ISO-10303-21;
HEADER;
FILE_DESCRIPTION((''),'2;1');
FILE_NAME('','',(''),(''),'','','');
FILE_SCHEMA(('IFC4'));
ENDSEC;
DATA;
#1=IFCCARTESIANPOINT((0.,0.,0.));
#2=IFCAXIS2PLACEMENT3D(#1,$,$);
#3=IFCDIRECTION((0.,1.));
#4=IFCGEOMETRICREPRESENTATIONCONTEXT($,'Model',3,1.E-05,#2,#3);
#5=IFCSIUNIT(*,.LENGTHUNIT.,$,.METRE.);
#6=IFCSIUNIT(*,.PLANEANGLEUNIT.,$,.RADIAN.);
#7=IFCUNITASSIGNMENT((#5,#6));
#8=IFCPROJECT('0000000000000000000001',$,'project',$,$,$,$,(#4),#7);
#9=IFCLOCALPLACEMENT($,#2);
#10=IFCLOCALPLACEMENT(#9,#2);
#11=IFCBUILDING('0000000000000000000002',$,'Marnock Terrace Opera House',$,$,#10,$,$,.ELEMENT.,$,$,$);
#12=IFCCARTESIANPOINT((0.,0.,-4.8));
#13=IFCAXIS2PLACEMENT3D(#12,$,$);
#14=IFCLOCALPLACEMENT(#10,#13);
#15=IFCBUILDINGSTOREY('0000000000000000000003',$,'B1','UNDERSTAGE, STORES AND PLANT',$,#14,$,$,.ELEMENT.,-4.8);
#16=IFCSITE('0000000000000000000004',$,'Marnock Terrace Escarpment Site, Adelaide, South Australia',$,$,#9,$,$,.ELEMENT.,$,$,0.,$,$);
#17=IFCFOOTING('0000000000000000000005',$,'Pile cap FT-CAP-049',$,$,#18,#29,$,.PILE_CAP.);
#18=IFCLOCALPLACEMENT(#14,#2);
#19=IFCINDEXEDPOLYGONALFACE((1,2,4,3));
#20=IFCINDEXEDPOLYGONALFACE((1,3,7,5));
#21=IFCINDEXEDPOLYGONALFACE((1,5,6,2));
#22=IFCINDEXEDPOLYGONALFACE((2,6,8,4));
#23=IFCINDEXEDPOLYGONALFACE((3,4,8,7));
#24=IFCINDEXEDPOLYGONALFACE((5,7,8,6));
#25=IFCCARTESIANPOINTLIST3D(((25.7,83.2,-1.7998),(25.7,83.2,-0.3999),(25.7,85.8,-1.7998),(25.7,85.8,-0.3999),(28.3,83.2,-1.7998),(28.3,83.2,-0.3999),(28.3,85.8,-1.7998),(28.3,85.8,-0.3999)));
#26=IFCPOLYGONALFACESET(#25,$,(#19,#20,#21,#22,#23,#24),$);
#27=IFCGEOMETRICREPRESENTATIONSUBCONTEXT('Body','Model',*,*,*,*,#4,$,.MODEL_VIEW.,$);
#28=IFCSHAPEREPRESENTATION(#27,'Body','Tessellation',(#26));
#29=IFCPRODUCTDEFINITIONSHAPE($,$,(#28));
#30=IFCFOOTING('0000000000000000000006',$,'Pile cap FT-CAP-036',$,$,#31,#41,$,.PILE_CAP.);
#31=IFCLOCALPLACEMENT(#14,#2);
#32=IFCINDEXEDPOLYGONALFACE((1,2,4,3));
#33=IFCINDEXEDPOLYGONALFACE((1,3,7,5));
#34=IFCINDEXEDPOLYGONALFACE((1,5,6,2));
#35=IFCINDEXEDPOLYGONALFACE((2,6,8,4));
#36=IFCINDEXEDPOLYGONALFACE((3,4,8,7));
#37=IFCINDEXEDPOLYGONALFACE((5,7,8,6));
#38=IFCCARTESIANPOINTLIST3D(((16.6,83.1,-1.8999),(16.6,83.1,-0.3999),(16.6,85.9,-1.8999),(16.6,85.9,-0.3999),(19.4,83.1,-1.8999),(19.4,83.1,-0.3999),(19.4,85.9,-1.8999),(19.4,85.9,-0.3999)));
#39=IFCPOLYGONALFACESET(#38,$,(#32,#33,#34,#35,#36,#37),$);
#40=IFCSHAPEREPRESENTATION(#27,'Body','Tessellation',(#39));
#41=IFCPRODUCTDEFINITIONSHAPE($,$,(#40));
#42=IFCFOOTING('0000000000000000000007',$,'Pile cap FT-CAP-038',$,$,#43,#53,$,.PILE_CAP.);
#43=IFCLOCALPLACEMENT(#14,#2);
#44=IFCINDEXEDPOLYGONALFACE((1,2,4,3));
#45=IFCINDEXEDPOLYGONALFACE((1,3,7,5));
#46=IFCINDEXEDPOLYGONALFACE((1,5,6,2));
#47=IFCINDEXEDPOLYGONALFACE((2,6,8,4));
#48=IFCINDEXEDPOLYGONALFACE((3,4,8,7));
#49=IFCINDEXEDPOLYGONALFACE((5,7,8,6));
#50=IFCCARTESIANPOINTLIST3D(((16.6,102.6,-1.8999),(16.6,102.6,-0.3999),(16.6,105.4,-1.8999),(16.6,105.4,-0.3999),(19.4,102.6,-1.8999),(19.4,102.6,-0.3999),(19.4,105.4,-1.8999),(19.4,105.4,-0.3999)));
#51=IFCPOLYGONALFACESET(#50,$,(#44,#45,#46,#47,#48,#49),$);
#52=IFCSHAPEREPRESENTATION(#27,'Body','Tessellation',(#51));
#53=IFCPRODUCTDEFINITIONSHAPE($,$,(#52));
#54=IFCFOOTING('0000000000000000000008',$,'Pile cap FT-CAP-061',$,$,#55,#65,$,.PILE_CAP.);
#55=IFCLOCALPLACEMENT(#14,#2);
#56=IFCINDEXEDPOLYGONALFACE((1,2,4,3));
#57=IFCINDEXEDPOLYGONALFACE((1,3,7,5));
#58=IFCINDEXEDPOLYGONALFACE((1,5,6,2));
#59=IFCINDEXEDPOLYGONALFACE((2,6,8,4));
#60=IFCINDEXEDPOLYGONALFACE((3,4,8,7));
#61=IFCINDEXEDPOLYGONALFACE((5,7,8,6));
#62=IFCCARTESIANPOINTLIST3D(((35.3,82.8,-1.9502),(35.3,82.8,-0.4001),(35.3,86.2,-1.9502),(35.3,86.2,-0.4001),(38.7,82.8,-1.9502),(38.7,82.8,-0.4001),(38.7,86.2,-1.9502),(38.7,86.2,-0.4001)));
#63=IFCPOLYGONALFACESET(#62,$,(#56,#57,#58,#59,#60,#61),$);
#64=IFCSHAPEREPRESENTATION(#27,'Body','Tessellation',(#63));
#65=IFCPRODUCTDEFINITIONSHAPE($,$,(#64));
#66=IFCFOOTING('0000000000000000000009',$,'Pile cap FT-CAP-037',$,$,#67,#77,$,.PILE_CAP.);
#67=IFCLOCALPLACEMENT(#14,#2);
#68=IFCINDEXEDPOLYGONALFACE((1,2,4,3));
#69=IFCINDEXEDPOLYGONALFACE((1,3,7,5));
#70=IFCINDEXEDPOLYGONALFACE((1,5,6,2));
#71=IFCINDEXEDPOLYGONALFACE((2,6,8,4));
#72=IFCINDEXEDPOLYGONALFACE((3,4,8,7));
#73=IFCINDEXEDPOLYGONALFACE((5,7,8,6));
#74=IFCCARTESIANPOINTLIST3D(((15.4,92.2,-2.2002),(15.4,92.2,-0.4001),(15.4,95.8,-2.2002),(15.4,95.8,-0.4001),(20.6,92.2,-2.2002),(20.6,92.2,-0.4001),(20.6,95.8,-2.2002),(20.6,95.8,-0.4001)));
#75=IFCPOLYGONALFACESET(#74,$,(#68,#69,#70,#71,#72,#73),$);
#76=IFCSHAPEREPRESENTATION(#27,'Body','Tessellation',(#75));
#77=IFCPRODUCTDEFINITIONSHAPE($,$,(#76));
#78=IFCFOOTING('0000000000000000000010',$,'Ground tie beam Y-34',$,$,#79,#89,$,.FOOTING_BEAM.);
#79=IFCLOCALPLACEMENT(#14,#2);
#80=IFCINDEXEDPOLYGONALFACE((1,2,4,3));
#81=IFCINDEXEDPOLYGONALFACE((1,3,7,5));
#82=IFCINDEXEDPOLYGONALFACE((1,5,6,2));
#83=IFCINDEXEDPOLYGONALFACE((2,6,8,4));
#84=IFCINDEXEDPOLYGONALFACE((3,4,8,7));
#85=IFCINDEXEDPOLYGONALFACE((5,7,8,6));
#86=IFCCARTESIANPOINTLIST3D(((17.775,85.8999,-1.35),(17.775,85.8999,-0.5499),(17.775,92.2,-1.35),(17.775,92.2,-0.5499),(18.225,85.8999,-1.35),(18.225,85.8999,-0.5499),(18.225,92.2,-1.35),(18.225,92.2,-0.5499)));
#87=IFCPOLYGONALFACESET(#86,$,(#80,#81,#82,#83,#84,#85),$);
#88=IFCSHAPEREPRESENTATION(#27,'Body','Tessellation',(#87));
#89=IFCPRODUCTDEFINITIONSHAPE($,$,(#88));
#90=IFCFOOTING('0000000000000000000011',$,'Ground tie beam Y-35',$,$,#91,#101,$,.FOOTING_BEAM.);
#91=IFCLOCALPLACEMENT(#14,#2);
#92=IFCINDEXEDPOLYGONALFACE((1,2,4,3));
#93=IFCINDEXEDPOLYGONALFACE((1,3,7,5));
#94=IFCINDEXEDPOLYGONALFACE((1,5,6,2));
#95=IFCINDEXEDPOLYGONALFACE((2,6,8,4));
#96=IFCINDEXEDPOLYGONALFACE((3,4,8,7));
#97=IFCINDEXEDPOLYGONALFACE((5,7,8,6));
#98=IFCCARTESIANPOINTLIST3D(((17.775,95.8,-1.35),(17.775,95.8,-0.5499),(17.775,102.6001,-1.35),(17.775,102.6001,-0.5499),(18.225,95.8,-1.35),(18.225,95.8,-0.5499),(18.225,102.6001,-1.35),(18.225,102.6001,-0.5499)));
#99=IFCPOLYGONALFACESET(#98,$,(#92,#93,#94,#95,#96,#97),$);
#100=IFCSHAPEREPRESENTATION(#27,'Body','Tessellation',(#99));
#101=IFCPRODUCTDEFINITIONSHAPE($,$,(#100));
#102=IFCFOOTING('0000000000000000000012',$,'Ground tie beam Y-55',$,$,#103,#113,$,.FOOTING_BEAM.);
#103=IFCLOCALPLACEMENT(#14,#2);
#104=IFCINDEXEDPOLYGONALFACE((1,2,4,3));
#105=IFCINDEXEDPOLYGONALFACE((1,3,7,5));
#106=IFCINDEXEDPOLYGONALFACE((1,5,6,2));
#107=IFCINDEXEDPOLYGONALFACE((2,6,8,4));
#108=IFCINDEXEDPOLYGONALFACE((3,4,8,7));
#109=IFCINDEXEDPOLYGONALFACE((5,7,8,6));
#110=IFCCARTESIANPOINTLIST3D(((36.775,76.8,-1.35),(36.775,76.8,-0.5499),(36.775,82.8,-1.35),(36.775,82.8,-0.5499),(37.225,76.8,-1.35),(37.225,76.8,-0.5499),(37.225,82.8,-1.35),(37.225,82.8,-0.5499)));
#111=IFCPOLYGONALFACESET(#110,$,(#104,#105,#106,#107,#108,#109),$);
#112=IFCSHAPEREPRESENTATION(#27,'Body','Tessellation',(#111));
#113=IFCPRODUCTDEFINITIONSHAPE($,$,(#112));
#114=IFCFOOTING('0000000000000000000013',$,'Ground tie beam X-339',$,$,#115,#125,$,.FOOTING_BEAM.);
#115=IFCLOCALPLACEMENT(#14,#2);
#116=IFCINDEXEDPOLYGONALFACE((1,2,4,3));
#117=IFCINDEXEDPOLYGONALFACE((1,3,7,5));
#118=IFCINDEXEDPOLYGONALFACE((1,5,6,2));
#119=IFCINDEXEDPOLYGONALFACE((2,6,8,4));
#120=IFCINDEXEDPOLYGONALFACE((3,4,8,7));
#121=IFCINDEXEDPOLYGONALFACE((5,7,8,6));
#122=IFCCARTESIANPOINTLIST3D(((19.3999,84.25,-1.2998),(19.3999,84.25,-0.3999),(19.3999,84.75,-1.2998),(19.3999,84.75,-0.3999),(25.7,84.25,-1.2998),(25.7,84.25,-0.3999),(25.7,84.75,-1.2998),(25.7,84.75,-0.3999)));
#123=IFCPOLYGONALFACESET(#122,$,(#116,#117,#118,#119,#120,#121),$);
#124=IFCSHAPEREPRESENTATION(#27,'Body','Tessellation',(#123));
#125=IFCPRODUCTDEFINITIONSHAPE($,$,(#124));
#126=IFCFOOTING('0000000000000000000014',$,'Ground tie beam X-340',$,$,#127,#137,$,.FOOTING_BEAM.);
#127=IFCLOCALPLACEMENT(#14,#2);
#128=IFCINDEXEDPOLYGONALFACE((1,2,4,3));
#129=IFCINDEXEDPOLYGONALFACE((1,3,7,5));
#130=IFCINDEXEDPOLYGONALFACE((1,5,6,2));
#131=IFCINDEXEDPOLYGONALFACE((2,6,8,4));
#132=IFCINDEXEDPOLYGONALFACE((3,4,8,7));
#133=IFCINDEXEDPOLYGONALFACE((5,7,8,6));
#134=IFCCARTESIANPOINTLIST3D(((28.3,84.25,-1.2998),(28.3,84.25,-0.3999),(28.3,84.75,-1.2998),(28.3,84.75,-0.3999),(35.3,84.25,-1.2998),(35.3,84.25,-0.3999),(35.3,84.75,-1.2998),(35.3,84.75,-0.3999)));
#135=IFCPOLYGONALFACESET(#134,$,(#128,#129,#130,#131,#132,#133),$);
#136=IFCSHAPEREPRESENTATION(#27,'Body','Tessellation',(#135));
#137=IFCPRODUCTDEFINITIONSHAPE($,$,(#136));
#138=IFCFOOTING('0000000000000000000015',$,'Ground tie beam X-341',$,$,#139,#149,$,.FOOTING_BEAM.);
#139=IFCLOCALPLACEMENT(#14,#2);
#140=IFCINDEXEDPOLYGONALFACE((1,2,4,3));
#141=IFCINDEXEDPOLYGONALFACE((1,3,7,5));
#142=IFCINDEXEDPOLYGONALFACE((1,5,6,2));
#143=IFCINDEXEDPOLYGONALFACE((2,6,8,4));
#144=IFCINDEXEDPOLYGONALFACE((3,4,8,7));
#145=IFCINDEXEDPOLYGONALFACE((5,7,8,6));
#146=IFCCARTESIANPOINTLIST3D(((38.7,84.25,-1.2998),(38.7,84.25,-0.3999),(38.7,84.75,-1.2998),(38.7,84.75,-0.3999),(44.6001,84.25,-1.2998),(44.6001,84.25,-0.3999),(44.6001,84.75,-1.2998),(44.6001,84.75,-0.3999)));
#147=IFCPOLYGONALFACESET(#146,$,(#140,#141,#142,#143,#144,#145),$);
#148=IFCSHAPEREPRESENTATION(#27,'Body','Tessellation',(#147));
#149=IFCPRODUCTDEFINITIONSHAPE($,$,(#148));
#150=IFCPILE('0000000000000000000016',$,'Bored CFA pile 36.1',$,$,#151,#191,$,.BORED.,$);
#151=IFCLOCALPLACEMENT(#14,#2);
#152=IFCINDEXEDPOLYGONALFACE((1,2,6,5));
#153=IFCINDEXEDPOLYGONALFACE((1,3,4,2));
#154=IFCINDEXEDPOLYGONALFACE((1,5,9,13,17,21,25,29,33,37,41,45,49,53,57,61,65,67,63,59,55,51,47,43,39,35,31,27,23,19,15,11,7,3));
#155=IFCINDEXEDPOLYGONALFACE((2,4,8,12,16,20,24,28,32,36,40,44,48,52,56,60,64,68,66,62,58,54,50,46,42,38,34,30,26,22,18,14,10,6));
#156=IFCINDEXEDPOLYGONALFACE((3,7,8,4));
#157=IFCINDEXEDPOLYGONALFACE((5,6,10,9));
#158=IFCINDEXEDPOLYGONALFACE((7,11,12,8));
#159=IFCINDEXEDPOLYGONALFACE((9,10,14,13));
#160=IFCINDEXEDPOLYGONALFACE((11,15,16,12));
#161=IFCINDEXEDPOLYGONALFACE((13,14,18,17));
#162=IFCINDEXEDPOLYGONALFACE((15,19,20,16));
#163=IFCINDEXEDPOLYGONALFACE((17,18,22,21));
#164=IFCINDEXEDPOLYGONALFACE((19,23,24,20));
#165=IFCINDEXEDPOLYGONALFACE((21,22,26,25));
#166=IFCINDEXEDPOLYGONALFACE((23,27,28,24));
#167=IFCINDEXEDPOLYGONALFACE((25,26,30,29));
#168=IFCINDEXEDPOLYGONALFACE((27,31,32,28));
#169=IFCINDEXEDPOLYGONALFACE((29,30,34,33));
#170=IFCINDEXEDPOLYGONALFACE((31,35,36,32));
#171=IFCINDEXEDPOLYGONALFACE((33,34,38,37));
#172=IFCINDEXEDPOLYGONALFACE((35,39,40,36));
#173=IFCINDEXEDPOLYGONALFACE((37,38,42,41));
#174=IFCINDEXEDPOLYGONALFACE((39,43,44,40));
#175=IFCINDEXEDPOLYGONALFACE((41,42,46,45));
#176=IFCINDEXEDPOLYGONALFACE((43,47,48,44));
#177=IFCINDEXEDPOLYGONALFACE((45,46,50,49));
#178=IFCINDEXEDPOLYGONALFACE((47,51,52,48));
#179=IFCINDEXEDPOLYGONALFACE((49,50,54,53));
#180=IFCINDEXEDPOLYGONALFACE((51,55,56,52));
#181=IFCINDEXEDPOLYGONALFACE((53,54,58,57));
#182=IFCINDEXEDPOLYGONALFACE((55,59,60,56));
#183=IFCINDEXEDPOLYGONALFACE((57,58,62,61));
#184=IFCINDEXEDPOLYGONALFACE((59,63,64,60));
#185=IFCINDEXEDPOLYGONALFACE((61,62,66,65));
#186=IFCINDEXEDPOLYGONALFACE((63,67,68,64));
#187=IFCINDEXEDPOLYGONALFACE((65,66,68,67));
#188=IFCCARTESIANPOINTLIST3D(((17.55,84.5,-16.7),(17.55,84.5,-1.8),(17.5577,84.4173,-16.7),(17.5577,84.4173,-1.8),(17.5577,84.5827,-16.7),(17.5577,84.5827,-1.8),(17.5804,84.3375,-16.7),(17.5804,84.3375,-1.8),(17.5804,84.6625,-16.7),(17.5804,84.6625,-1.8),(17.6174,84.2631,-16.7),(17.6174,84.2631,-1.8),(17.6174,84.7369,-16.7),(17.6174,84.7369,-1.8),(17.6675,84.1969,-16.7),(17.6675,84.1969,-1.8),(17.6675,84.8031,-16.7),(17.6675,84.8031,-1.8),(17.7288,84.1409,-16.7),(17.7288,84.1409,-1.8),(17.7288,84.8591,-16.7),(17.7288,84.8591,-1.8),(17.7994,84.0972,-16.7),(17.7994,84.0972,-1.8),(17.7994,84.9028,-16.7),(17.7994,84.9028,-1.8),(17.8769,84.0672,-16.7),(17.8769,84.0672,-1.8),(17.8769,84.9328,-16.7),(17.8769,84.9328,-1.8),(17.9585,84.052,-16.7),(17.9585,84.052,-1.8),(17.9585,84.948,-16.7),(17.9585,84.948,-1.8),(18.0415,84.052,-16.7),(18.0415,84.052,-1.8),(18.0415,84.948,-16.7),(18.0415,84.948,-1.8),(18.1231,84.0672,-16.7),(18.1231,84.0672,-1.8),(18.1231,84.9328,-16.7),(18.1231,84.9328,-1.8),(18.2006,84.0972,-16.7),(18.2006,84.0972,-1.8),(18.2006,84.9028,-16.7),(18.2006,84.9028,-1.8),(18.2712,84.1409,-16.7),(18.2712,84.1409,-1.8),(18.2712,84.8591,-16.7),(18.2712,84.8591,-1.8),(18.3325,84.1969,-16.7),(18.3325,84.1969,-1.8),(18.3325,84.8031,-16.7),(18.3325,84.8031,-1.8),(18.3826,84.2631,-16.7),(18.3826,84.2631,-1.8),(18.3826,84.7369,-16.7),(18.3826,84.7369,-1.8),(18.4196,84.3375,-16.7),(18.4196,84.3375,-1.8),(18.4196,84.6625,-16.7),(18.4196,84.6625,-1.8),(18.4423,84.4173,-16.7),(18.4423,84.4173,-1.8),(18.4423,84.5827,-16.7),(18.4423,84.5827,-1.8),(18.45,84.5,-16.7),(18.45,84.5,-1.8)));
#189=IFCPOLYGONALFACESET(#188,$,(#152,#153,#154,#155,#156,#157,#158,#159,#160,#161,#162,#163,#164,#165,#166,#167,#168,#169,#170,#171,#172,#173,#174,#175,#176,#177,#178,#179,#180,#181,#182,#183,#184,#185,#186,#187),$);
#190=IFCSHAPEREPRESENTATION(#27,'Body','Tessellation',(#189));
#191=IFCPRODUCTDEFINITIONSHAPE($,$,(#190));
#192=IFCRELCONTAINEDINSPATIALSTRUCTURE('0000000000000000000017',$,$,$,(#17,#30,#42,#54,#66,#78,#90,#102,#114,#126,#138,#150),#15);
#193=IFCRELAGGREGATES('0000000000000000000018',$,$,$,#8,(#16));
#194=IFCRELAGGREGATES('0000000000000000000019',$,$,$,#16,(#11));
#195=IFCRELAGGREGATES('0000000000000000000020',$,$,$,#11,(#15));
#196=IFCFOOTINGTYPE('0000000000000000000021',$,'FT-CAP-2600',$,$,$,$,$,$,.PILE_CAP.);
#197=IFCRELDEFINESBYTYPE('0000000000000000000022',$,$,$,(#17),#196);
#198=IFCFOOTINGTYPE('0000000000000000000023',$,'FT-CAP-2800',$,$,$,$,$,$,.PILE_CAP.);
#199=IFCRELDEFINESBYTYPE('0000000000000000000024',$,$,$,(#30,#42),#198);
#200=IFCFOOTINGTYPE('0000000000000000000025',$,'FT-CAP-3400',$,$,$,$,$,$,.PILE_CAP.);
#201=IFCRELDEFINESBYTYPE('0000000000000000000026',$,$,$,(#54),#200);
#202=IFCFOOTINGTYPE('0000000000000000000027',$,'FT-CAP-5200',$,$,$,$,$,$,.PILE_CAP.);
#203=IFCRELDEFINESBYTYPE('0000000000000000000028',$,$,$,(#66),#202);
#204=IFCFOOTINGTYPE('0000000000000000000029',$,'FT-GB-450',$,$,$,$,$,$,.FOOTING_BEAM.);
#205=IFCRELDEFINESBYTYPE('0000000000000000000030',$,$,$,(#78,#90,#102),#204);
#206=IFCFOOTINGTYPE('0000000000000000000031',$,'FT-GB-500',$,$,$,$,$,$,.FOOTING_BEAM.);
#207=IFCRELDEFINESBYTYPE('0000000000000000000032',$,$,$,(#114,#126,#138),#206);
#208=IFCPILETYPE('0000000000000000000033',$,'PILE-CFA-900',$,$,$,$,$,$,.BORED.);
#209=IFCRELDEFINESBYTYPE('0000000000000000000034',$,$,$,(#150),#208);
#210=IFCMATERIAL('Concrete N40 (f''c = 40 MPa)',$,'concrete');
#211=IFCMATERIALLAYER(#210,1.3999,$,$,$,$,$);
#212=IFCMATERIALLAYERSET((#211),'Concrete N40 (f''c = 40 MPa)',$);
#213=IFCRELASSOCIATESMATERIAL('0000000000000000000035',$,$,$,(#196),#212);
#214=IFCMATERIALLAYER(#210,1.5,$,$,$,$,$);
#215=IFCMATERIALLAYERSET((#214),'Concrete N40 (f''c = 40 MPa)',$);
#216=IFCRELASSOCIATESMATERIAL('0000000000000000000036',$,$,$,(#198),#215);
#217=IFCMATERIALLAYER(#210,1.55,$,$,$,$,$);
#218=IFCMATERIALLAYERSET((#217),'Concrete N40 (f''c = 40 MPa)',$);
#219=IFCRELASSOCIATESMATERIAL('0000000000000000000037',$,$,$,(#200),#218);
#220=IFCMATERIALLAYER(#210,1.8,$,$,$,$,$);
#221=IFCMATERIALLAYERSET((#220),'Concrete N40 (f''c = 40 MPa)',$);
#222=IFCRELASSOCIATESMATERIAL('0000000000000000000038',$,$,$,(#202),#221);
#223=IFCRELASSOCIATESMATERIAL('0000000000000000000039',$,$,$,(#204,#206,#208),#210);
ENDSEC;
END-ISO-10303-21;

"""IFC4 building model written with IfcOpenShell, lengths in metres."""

from ifc_helpers import new_model, si_unit, direction, frame, origin, origin_2d, place, context, subcontext, project, spatial, rectangle, circle, extrude, material, layer, layer_set, material_profile, profile_set, type_object, element, save


model = new_model("IFC4")

# Units and contexts
model_context = context("Model", 3, precision=1e-05, world=origin(), true_north=direction((0.0, 1.0)))
body_context = subcontext(model_context, "Body", "Model", "MODEL_VIEW")
ifc_project = project(units=[si_unit("LENGTHUNIT", "METRE"), si_unit("PLANEANGLEUNIT", "RADIAN")], contexts=[model_context])

# Site, building, storey
site_placement = place(None, origin())
site = spatial("IfcSite", under=ifc_project, at=site_placement, Name="Marnock Terrace Escarpment Site, Adelaide, South Australia", CompositionType="ELEMENT", RefElevation=0.0)
building_placement = place(site_placement, origin())
building = spatial("IfcBuilding", under=site, at=building_placement, Name="Marnock Terrace Opera House", CompositionType="ELEMENT")
storey_placement = place(building_placement, frame((0.0, 0.0, -4.8)))
storey = spatial("IfcBuildingStorey", under=building, at=storey_placement, Name="B1", Description="UNDERSTAGE, STORES AND PLANT", CompositionType="ELEMENT", Elevation=-4.8)

# Footings
ifc_material_1 = material(Name="Concrete N40 (f'c = 40 MPa)", Category="concrete")
ifc_layer_1 = layer(ifc_material_1, 1.3999)
ifc_layer_set_1 = layer_set([ifc_layer_1], Name="Concrete N40 (f'c = 40 MPa)")
footing_type_1 = type_object("IfcFootingType", Name="FT-CAP-2600", PredefinedType="PILE_CAP", material=ifc_layer_set_1)
footing_1_placement = place(storey_placement, frame((27.0, 84.5, -1.7998), z_axis=(0.0, 0.0, 1.0), x_axis=(1.0, 0.0, 0.0)))
element("IfcFooting", 1, at=footing_1_placement, inside=storey, type_object=footing_type_1, Name="Pile cap FT-CAP-049", PredefinedType="PILE_CAP", context=body_context, shape_type="SweptSolid", body=[
    extrude(rectangle(XDim=2.6001, YDim=2.6001, at=origin_2d()), origin(), (0.0, 0.0, 1.0), 1.3999),
])
ifc_layer_2 = layer(ifc_material_1, 1.5)
ifc_layer_set_2 = layer_set([ifc_layer_2], Name="Concrete N40 (f'c = 40 MPa)")
footing_type_2 = type_object("IfcFootingType", Name="FT-CAP-2800", PredefinedType="PILE_CAP", material=ifc_layer_set_2)
for number, where, z_axis, x_axis, name in (
    (2, (18.0, 84.5, -1.8999), (0.0, 0.0, 1.0), (1.0, 0.0, 0.0), "Pile cap FT-CAP-036"),
    (3, (18.0, 104.0, -1.8999), (0.0, 0.0, 1.0), (1.0, 0.0, 0.0), "Pile cap FT-CAP-038"),
):
    element("IfcFooting", number, at=place(storey_placement, frame(where, z_axis=z_axis, x_axis=x_axis)), inside=storey, type_object=footing_type_2, Name=name, PredefinedType="PILE_CAP", context=body_context, shape_type="SweptSolid", body=[
        extrude(rectangle(XDim=2.8, YDim=2.8, at=origin_2d()), origin(), (0.0, 0.0, 1.0), 1.5),
    ])
ifc_layer_3 = layer(ifc_material_1, 1.55)
ifc_layer_set_3 = layer_set([ifc_layer_3], Name="Concrete N40 (f'c = 40 MPa)")
footing_type_3 = type_object("IfcFootingType", Name="FT-CAP-3400", PredefinedType="PILE_CAP", material=ifc_layer_set_3)
footing_2_placement = place(storey_placement, frame((37.0, 84.5, -1.9502), z_axis=(0.0, 0.0, 1.0), x_axis=(1.0, 0.0, 0.0)))
element("IfcFooting", 4, at=footing_2_placement, inside=storey, type_object=footing_type_3, Name="Pile cap FT-CAP-061", PredefinedType="PILE_CAP", context=body_context, shape_type="SweptSolid", body=[
    extrude(rectangle(XDim=3.3999, YDim=3.3999, at=origin_2d()), origin(), (0.0, 0.0, 1.0), 1.55),
])
ifc_layer_4 = layer(ifc_material_1, 1.8)
ifc_layer_set_4 = layer_set([ifc_layer_4], Name="Concrete N40 (f'c = 40 MPa)")
footing_type_4 = type_object("IfcFootingType", Name="FT-CAP-5200", PredefinedType="PILE_CAP", material=ifc_layer_set_4)
footing_3_placement = place(storey_placement, frame((18.0, 94.0, -2.2002), z_axis=(0.0, 0.0, 1.0), x_axis=(1.0, 0.0, 0.0)))
element("IfcFooting", 5, at=footing_3_placement, inside=storey, type_object=footing_type_4, Name="Pile cap FT-CAP-037", PredefinedType="PILE_CAP", context=body_context, shape_type="SweptSolid", body=[
    extrude(rectangle(XDim=5.2, YDim=3.6001, at=origin_2d()), origin(), (0.0, 0.0, 1.0), 1.8),
])
ifc_material_profile_1 = material_profile(ifc_material_1, rectangle(XDim=0.45, YDim=0.8, at=origin_2d()))
ifc_profile_set_1 = profile_set([ifc_material_profile_1], Name="Concrete N40 (f'c = 40 MPa)")
footing_type_5 = type_object("IfcFootingType", Name="FT-GB-450", PredefinedType="FOOTING_BEAM", material=ifc_profile_set_1)
footing_4_placement = place(storey_placement, frame((18.0, 85.8999, -0.95), z_axis=(0.0, 1.0, 0.0), x_axis=(-1.0, 0.0, 0.0)))
element("IfcFooting", 6, at=footing_4_placement, inside=storey, type_object=footing_type_5, Name="Ground tie beam Y-34", PredefinedType="FOOTING_BEAM", context=body_context, shape_type="SweptSolid", body=[
    extrude(rectangle(XDim=0.45, YDim=0.8, at=origin_2d()), origin(), (0.0, 0.0, 1.0), 6.3),
])
footing_5_placement = place(storey_placement, frame((18.0, 95.8, -0.95), z_axis=(0.0, 1.0, 0.0), x_axis=(-1.0, 0.0, 0.0)))
element("IfcFooting", 7, at=footing_5_placement, inside=storey, type_object=footing_type_5, Name="Ground tie beam Y-35", PredefinedType="FOOTING_BEAM", context=body_context, shape_type="SweptSolid", body=[
    extrude(rectangle(XDim=0.45, YDim=0.8, at=origin_2d()), origin(), (0.0, 0.0, 1.0), 6.8),
])
footing_6_placement = place(storey_placement, frame((37.0, 76.8, -0.95), z_axis=(0.0, 1.0, 0.0), x_axis=(-1.0, 0.0, 0.0)))
element("IfcFooting", 8, at=footing_6_placement, inside=storey, type_object=footing_type_5, Name="Ground tie beam Y-55", PredefinedType="FOOTING_BEAM", context=body_context, shape_type="SweptSolid", body=[
    extrude(rectangle(XDim=0.45, YDim=0.8, at=origin_2d()), origin(), (0.0, 0.0, 1.0), 6.0),
])
ifc_material_profile_2 = material_profile(ifc_material_1, rectangle(XDim=0.5, YDim=0.8999, at=origin_2d()))
ifc_profile_set_2 = profile_set([ifc_material_profile_2], Name="Concrete N40 (f'c = 40 MPa)")
footing_type_6 = type_object("IfcFootingType", Name="FT-GB-500", PredefinedType="FOOTING_BEAM", material=ifc_profile_set_2)
footing_7_placement = place(storey_placement, frame((19.3999, 84.5, -0.8499), z_axis=(1.0, 0.0, 0.0), x_axis=(0.0, 1.0, 0.0)))
element("IfcFooting", 9, at=footing_7_placement, inside=storey, type_object=footing_type_6, Name="Ground tie beam X-339", PredefinedType="FOOTING_BEAM", context=body_context, shape_type="SweptSolid", body=[
    extrude(rectangle(XDim=0.5, YDim=0.8999, at=origin_2d()), origin(), (0.0, 0.0, 1.0), 6.3),
])
footing_8_placement = place(storey_placement, frame((28.3, 84.5, -0.8499), z_axis=(1.0, 0.0, 0.0), x_axis=(0.0, 1.0, 0.0)))
element("IfcFooting", 10, at=footing_8_placement, inside=storey, type_object=footing_type_6, Name="Ground tie beam X-340", PredefinedType="FOOTING_BEAM", context=body_context, shape_type="SweptSolid", body=[
    extrude(rectangle(XDim=0.5, YDim=0.8999, at=origin_2d()), origin(), (0.0, 0.0, 1.0), 7.0),
])
footing_9_placement = place(storey_placement, frame((38.7, 84.5, -0.8499), z_axis=(1.0, 0.0, 0.0), x_axis=(0.0, 1.0, 0.0)))
element("IfcFooting", 11, at=footing_9_placement, inside=storey, type_object=footing_type_6, Name="Ground tie beam X-341", PredefinedType="FOOTING_BEAM", context=body_context, shape_type="SweptSolid", body=[
    extrude(rectangle(XDim=0.5, YDim=0.8999, at=origin_2d()), origin(), (0.0, 0.0, 1.0), 5.9001),
])

# Pile
ifc_material_profile_3 = material_profile(ifc_material_1, circle(Radius=0.45, at=origin_2d()))
ifc_profile_set_3 = profile_set([ifc_material_profile_3], Name="Concrete N40 (f'c = 40 MPa)")
pile_type = type_object("IfcPileType", Name="PILE-CFA-900", PredefinedType="BORED", material=ifc_profile_set_3)
pile_1_placement = place(storey_placement, frame((18.0, 84.5, -1.8), z_axis=(0.0, 0.0, -1.0), x_axis=(1.0, 0.0, 0.0)))
element("IfcPile", 12, at=pile_1_placement, inside=storey, type_object=pile_type, Name="Bored CFA pile 36.1", PredefinedType="BORED", context=body_context, shape_type="SweptSolid", body=[
    extrude(circle(Radius=0.45, at=origin_2d()), origin(), (0.0, 0.0, 1.0), 14.8999),
])

save(model, "model.ifc")
